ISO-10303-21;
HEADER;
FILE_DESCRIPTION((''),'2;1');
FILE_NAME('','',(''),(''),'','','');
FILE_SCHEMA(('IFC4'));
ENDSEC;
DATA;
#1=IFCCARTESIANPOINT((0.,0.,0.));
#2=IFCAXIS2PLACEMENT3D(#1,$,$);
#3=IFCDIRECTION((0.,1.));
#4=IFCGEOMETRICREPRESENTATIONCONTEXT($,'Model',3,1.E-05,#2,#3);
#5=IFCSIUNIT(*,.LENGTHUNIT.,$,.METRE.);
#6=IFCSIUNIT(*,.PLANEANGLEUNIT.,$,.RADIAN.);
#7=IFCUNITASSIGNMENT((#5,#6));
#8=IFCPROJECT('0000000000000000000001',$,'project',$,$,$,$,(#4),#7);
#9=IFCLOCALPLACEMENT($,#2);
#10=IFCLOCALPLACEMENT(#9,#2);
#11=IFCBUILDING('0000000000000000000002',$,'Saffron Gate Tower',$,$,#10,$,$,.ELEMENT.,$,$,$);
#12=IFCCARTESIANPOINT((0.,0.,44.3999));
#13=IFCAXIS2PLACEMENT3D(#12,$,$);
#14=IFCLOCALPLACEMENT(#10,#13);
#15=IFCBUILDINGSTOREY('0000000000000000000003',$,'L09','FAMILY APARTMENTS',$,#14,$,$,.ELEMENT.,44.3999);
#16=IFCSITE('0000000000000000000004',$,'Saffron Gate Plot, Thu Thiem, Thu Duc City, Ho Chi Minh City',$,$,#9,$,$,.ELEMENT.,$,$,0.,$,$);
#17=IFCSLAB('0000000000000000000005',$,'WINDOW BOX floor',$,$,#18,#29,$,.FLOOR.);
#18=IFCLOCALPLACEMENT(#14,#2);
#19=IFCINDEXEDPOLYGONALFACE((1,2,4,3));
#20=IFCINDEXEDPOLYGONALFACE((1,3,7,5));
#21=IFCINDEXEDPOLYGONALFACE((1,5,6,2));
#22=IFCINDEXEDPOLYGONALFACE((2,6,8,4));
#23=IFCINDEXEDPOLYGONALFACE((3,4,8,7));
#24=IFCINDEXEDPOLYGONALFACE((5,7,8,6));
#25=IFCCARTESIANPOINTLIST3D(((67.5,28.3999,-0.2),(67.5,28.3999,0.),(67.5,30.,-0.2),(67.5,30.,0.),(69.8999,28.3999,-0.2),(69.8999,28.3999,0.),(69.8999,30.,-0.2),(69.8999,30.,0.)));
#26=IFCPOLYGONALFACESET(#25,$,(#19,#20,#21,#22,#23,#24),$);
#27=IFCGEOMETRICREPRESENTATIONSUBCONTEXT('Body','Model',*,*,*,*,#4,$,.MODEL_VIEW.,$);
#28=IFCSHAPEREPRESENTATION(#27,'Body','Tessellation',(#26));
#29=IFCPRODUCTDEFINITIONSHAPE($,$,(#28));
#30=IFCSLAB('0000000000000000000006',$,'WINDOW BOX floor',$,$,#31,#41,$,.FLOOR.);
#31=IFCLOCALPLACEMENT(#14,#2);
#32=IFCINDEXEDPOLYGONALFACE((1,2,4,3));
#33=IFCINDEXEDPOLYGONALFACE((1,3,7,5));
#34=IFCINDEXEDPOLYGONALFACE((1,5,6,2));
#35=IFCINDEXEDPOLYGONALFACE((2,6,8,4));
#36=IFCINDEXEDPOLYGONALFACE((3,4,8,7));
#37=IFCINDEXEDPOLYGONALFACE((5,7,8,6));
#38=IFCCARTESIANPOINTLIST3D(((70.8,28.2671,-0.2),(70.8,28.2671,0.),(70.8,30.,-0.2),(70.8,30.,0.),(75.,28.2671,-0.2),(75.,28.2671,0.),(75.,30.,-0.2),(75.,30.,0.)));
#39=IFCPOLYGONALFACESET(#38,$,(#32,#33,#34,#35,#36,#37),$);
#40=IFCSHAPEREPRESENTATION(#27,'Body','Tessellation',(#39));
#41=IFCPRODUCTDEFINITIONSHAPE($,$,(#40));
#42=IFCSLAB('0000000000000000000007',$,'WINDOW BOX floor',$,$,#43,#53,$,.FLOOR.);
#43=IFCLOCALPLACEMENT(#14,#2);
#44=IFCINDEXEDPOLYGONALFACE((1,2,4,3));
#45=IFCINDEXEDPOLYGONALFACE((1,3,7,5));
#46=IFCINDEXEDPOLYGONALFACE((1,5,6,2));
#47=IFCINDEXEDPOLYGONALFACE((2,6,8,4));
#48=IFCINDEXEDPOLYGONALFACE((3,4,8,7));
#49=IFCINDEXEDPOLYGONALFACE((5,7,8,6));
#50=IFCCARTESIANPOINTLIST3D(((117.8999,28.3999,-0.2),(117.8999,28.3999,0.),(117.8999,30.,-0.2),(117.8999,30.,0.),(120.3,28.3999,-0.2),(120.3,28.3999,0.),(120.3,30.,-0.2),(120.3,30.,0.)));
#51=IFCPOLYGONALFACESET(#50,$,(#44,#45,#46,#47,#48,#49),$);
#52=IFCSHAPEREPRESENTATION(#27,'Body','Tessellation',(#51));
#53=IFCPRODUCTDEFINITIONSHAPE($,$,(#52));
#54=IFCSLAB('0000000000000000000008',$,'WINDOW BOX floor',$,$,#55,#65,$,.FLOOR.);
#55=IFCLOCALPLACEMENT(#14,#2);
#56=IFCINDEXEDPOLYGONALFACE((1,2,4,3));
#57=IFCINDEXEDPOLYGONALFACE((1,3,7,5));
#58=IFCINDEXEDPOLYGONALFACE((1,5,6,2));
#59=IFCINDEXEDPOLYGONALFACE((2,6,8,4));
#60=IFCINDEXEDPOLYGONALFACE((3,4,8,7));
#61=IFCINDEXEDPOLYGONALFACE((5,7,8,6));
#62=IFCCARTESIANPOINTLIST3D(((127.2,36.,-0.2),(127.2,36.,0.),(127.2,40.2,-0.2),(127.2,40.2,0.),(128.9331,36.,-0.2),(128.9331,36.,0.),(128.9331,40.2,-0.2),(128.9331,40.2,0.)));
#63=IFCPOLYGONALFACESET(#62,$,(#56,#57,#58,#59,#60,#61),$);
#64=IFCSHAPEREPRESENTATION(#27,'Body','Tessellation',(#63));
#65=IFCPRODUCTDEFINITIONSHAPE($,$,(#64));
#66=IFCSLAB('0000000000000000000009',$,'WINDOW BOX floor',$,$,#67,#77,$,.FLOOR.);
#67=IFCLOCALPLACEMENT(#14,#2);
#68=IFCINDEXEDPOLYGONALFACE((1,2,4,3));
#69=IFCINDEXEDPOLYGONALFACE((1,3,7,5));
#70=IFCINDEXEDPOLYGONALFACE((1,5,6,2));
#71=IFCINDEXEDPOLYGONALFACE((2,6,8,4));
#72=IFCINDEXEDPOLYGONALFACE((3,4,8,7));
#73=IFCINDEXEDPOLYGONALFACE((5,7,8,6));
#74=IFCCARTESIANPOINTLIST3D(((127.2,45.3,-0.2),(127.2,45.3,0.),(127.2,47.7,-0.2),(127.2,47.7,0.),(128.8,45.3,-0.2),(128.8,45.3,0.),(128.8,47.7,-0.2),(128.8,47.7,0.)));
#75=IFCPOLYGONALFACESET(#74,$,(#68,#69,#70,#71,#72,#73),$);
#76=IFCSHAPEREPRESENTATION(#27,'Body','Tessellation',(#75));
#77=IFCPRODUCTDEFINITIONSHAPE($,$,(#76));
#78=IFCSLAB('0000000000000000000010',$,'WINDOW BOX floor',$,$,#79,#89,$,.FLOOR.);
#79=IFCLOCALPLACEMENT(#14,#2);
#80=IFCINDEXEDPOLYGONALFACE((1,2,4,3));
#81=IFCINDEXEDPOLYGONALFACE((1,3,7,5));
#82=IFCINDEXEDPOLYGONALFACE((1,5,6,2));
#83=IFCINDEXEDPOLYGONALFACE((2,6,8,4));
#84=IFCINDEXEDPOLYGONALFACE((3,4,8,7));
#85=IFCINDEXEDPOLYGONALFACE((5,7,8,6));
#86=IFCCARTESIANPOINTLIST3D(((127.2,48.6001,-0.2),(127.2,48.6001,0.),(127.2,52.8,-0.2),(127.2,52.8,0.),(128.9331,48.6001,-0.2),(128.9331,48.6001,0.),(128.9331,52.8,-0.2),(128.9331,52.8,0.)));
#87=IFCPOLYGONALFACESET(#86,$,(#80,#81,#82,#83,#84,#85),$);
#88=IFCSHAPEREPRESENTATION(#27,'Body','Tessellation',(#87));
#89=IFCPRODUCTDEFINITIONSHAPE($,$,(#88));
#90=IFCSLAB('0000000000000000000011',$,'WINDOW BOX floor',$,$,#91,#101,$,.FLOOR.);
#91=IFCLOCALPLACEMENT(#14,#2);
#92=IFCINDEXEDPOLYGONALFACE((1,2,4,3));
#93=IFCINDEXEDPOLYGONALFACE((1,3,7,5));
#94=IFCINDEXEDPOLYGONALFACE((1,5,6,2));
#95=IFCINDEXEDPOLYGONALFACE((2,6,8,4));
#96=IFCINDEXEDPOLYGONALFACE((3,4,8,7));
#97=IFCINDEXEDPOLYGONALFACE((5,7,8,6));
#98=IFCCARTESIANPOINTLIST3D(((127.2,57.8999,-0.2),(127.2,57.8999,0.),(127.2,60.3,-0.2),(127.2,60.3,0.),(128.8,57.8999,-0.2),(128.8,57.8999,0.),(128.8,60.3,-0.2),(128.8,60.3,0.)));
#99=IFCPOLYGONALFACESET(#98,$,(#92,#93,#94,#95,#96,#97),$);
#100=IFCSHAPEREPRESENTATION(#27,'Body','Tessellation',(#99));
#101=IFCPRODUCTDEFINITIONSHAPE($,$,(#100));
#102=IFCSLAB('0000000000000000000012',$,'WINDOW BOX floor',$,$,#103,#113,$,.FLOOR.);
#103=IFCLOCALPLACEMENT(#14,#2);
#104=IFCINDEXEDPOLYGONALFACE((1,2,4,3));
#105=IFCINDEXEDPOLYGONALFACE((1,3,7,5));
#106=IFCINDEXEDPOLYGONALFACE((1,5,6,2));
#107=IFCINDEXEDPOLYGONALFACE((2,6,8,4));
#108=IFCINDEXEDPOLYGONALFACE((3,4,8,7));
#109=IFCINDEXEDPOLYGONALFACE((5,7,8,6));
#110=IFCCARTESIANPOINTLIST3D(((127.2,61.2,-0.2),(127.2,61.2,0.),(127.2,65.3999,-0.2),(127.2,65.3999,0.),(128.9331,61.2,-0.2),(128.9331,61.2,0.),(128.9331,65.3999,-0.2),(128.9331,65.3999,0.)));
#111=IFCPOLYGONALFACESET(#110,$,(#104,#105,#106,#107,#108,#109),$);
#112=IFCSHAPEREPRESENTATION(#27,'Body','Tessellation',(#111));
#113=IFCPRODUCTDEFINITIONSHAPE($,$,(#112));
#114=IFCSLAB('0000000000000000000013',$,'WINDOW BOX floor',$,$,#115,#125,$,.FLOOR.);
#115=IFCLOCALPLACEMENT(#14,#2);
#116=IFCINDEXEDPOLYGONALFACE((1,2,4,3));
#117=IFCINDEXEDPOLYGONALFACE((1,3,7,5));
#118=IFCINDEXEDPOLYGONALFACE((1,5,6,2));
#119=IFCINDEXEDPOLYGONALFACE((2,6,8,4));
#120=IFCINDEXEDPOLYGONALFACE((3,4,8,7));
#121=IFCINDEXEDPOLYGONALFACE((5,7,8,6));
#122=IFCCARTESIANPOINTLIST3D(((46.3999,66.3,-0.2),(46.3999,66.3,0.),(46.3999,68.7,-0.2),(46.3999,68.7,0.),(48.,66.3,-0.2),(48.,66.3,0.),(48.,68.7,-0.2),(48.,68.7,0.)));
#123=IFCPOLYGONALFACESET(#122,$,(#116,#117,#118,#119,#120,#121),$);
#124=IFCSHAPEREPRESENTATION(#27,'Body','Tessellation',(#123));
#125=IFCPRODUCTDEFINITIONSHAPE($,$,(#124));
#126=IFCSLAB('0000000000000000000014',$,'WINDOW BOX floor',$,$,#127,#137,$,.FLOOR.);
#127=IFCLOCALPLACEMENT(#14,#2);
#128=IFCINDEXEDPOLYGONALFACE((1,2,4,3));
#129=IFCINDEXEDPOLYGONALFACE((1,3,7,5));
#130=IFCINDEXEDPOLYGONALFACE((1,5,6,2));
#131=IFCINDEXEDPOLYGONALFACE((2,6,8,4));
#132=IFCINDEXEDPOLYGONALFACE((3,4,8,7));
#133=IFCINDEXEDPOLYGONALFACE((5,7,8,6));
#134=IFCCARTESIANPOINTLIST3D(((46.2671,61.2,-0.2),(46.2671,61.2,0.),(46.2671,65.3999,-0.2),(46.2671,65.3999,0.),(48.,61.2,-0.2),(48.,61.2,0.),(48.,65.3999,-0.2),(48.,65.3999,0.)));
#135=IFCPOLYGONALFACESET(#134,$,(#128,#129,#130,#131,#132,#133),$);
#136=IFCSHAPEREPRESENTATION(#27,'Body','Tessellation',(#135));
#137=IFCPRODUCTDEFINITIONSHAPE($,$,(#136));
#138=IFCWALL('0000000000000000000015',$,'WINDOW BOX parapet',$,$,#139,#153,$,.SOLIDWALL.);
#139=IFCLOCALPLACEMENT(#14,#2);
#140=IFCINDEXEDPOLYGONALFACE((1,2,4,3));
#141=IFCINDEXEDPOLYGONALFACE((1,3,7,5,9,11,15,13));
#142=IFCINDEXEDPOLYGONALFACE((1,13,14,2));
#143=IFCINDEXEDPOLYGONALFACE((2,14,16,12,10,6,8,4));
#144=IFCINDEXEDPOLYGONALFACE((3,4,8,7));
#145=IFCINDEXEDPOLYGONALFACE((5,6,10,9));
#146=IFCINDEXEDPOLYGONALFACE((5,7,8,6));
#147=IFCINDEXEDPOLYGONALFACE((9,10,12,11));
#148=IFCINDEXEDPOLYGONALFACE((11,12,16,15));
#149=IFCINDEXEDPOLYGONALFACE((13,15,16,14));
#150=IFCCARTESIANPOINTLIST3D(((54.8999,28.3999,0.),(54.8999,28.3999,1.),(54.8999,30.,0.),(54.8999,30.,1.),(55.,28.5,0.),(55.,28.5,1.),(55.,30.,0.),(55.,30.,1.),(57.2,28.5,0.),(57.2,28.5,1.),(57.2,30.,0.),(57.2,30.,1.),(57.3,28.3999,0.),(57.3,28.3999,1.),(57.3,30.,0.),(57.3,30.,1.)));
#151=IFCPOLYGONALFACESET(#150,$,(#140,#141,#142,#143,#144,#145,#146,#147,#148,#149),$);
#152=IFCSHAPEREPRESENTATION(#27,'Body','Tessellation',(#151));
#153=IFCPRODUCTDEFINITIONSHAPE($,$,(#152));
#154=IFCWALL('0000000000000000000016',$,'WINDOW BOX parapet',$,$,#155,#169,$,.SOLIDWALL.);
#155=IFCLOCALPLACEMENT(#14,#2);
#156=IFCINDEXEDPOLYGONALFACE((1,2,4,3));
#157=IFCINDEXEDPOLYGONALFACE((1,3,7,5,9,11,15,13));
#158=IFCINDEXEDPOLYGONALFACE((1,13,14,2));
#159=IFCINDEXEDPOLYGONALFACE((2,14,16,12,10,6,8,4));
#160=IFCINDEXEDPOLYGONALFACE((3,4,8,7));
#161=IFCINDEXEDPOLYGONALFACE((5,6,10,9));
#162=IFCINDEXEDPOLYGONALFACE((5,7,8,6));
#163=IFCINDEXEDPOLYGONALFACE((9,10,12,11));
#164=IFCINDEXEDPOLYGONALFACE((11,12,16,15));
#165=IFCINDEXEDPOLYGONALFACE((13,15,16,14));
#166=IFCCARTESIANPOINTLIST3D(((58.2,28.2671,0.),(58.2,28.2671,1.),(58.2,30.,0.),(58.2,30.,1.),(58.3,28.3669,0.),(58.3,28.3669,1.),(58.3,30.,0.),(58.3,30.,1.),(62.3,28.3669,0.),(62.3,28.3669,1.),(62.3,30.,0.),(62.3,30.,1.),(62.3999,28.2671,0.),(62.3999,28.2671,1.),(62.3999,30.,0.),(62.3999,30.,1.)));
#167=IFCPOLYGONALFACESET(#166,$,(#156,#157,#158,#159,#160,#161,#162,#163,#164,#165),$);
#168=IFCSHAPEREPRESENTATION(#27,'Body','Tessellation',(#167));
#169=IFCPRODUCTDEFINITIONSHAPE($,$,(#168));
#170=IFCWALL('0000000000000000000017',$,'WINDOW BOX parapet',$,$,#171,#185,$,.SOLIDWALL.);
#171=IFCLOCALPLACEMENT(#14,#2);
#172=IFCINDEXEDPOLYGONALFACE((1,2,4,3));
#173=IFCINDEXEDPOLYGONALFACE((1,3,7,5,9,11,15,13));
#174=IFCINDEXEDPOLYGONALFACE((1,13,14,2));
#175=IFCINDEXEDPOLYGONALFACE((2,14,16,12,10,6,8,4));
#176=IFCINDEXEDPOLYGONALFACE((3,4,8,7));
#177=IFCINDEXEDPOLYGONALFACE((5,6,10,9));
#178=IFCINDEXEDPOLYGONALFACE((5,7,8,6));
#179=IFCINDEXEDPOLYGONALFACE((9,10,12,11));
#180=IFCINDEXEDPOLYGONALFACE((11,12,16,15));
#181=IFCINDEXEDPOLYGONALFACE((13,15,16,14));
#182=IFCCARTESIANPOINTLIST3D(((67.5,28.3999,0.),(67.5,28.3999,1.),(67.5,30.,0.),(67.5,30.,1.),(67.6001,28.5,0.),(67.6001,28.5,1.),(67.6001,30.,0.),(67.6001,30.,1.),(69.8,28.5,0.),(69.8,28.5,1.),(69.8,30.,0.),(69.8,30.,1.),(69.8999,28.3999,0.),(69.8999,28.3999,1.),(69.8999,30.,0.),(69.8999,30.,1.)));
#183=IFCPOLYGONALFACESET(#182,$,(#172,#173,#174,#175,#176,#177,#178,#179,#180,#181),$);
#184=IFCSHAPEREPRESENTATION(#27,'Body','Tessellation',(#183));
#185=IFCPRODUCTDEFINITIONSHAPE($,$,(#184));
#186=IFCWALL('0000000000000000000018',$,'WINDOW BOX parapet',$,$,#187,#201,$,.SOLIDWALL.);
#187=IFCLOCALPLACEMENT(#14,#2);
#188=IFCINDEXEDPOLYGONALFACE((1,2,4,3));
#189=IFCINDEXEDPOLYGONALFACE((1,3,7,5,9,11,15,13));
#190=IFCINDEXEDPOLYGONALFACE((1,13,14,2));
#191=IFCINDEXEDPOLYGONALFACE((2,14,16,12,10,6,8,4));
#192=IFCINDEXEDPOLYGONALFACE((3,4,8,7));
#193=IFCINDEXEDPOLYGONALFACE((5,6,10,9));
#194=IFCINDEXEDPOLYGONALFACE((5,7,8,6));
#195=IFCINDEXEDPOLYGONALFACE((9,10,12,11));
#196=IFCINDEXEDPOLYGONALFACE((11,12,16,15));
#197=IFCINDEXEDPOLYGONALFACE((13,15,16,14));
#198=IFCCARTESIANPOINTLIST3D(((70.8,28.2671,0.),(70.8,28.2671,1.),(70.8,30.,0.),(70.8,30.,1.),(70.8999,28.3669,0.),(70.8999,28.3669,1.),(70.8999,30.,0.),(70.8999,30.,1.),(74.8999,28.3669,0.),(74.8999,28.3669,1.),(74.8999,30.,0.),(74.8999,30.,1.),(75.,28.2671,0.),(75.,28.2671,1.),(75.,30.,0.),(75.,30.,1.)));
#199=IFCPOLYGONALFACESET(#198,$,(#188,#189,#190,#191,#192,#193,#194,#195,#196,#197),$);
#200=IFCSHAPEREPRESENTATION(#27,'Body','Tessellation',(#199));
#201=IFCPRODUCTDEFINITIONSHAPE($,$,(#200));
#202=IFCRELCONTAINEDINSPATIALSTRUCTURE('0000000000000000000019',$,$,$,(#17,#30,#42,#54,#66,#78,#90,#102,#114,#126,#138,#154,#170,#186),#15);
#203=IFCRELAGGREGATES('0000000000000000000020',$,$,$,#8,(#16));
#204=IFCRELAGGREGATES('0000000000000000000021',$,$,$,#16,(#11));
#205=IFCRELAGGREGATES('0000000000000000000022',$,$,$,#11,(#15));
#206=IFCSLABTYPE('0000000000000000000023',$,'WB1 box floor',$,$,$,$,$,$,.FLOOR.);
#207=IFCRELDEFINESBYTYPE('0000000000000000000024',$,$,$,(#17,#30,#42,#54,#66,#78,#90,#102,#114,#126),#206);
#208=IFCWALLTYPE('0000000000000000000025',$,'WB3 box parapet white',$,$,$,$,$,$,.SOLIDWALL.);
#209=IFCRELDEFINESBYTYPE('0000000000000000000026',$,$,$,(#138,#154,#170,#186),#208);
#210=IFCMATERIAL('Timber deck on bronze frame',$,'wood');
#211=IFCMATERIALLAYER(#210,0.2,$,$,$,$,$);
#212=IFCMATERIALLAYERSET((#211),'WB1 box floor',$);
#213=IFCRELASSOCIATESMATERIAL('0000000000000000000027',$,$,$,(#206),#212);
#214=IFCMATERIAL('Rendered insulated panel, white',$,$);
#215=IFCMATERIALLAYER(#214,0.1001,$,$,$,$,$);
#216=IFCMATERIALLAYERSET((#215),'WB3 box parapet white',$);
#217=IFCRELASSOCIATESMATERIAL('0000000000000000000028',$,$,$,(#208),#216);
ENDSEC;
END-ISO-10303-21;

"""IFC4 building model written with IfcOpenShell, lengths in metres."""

from ifc_helpers import new_model, si_unit, direction, frame, origin, place, context, subcontext, project, spatial, polyline, outline, extrude, material, layer, layer_set, type_object, element, save


model = new_model("IFC4")

# Units and contexts
model_context = context("Model", 3, precision=1e-05, world=origin(), true_north=direction((0.0, 1.0)))
body_context = subcontext(model_context, "Body", "Model", "MODEL_VIEW")
ifc_project = project(units=[si_unit("LENGTHUNIT", "METRE"), si_unit("PLANEANGLEUNIT", "RADIAN")], contexts=[model_context])

# Site, building, storey
site_placement = place(None, origin())
site = spatial("IfcSite", under=ifc_project, at=site_placement, Name="Saffron Gate Plot, Thu Thiem, Thu Duc City, Ho Chi Minh City", CompositionType="ELEMENT", RefElevation=0.0)
building_placement = place(site_placement, origin())
building = spatial("IfcBuilding", under=site, at=building_placement, Name="Saffron Gate Tower", CompositionType="ELEMENT")
storey_placement = place(building_placement, frame((0.0, 0.0, 44.3999)))
storey = spatial("IfcBuildingStorey", under=building, at=storey_placement, Name="L09", Description="FAMILY APARTMENTS", CompositionType="ELEMENT", Elevation=44.3999)

# Slabs
ifc_material_1 = material(Name="Timber deck on bronze frame", Category="wood")
ifc_layer_1 = layer(ifc_material_1, 0.2)
ifc_layer_set_1 = layer_set([ifc_layer_1], Name="WB1 box floor")
slab_type_1 = type_object("IfcSlabType", Name="WB1 box floor", PredefinedType="FLOOR", material=ifc_layer_set_1)
slab_1_placement = place(storey_placement, frame((0.0, 0.0, -0.2)))
element("IfcSlab", 1, at=slab_1_placement, inside=storey, type_object=slab_type_1, Name="WINDOW BOX floor", PredefinedType="FLOOR", context=body_context, shape_type="SweptSolid", body=[
    extrude(outline(polyline([(67.5, 30.0), (69.8999, 30.0), (69.8999, 28.3999), (67.5, 28.3999), (67.5, 30.0)])), origin(), (0.0, 0.0, 1.0), 0.2),
])
slab_2_placement = place(storey_placement, frame((0.0, 0.0, -0.2)))
element("IfcSlab", 2, at=slab_2_placement, inside=storey, type_object=slab_type_1, Name="WINDOW BOX floor", PredefinedType="FLOOR", context=body_context, shape_type="SweptSolid", body=[
    extrude(outline(polyline([(70.8, 30.0), (75.0, 30.0), (75.0, 28.2671), (70.8, 28.2671), (70.8, 30.0)])), origin(), (0.0, 0.0, 1.0), 0.2),
])
slab_3_placement = place(storey_placement, frame((0.0, 0.0, -0.2)))
element("IfcSlab", 3, at=slab_3_placement, inside=storey, type_object=slab_type_1, Name="WINDOW BOX floor", PredefinedType="FLOOR", context=body_context, shape_type="SweptSolid", body=[
    extrude(outline(polyline([(117.8999, 30.0), (120.3, 30.0), (120.3, 28.3999), (117.8999, 28.3999), (117.8999, 30.0)])), origin(), (0.0, 0.0, 1.0), 0.2),
])
slab_4_placement = place(storey_placement, frame((0.0, 0.0, -0.2)))
element("IfcSlab", 4, at=slab_4_placement, inside=storey, type_object=slab_type_1, Name="WINDOW BOX floor", PredefinedType="FLOOR", context=body_context, shape_type="SweptSolid", body=[
    extrude(outline(polyline([(127.2, 36.0), (127.2, 40.2), (128.9331, 40.2), (128.9331, 36.0), (127.2, 36.0)])), origin(), (0.0, 0.0, 1.0), 0.2),
])
slab_5_placement = place(storey_placement, frame((0.0, 0.0, -0.2)))
element("IfcSlab", 5, at=slab_5_placement, inside=storey, type_object=slab_type_1, Name="WINDOW BOX floor", PredefinedType="FLOOR", context=body_context, shape_type="SweptSolid", body=[
    extrude(outline(polyline([(127.2, 45.3), (127.2, 47.7), (128.8, 47.7), (128.8, 45.3), (127.2, 45.3)])), origin(), (0.0, 0.0, 1.0), 0.2),
])
slab_6_placement = place(storey_placement, frame((0.0, 0.0, -0.2)))
element("IfcSlab", 6, at=slab_6_placement, inside=storey, type_object=slab_type_1, Name="WINDOW BOX floor", PredefinedType="FLOOR", context=body_context, shape_type="SweptSolid", body=[
    extrude(outline(polyline([(127.2, 48.6001), (127.2, 52.8), (128.9331, 52.8), (128.9331, 48.6001), (127.2, 48.6001)])), origin(), (0.0, 0.0, 1.0), 0.2),
])
slab_7_placement = place(storey_placement, frame((0.0, 0.0, -0.2)))
element("IfcSlab", 7, at=slab_7_placement, inside=storey, type_object=slab_type_1, Name="WINDOW BOX floor", PredefinedType="FLOOR", context=body_context, shape_type="SweptSolid", body=[
    extrude(outline(polyline([(127.2, 57.8999), (127.2, 60.3), (128.8, 60.3), (128.8, 57.8999), (127.2, 57.8999)])), origin(), (0.0, 0.0, 1.0), 0.2),
])
slab_8_placement = place(storey_placement, frame((0.0, 0.0, -0.2)))
element("IfcSlab", 8, at=slab_8_placement, inside=storey, type_object=slab_type_1, Name="WINDOW BOX floor", PredefinedType="FLOOR", context=body_context, shape_type="SweptSolid", body=[
    extrude(outline(polyline([(127.2, 61.2), (127.2, 65.3999), (128.9331, 65.3999), (128.9331, 61.2), (127.2, 61.2)])), origin(), (0.0, 0.0, 1.0), 0.2),
])
slab_9_placement = place(storey_placement, frame((0.0, 0.0, -0.2)))
element("IfcSlab", 9, at=slab_9_placement, inside=storey, type_object=slab_type_1, Name="WINDOW BOX floor", PredefinedType="FLOOR", context=body_context, shape_type="SweptSolid", body=[
    extrude(outline(polyline([(48.0, 68.7), (48.0, 66.3), (46.3999, 66.3), (46.3999, 68.7), (48.0, 68.7)])), origin(), (0.0, 0.0, 1.0), 0.2),
])
slab_10_placement = place(storey_placement, frame((0.0, 0.0, -0.2)))
element("IfcSlab", 10, at=slab_10_placement, inside=storey, type_object=slab_type_1, Name="WINDOW BOX floor", PredefinedType="FLOOR", context=body_context, shape_type="SweptSolid", body=[
    extrude(outline(polyline([(48.0, 65.3999), (48.0, 61.2), (46.2671, 61.2), (46.2671, 65.3999), (48.0, 65.3999)])), origin(), (0.0, 0.0, 1.0), 0.2),
])

# Walls
ifc_material_2 = material(Name="Rendered insulated panel, white")
ifc_layer_2 = layer(ifc_material_2, 0.1001)
ifc_layer_set_2 = layer_set([ifc_layer_2], Name="WB3 box parapet white")
wall_type = type_object("IfcWallType", Name="WB3 box parapet white", PredefinedType="SOLIDWALL", material=ifc_layer_set_2)
wall_1_placement = place(storey_placement, origin())
element("IfcWall", 11, at=wall_1_placement, inside=storey, type_object=wall_type, Name="WINDOW BOX parapet", PredefinedType="SOLIDWALL", context=body_context, shape_type="SweptSolid", body=[
    extrude(outline(polyline([(54.8999, 30.0), (55.0, 30.0), (55.0, 28.5), (57.2, 28.5), (57.2, 30.0), (57.3, 30.0), (57.3, 28.3999), (54.8999, 28.3999), (54.8999, 30.0)])), origin(), (0.0, 0.0, 1.0), 1.0),
])
wall_2_placement = place(storey_placement, origin())
element("IfcWall", 12, at=wall_2_placement, inside=storey, type_object=wall_type, Name="WINDOW BOX parapet", PredefinedType="SOLIDWALL", context=body_context, shape_type="SweptSolid", body=[
    extrude(outline(polyline([(58.2, 30.0), (58.3, 30.0), (58.3, 28.3669), (62.3, 28.3669), (62.3, 30.0), (62.3999, 30.0), (62.3999, 28.2671), (58.2, 28.2671), (58.2, 30.0)])), origin(), (0.0, 0.0, 1.0), 1.0),
])
wall_3_placement = place(storey_placement, origin())
element("IfcWall", 13, at=wall_3_placement, inside=storey, type_object=wall_type, Name="WINDOW BOX parapet", PredefinedType="SOLIDWALL", context=body_context, shape_type="SweptSolid", body=[
    extrude(outline(polyline([(67.5, 30.0), (67.6001, 30.0), (67.6001, 28.5), (69.8, 28.5), (69.8, 30.0), (69.8999, 30.0), (69.8999, 28.3999), (67.5, 28.3999), (67.5, 30.0)])), origin(), (0.0, 0.0, 1.0), 1.0),
])
wall_4_placement = place(storey_placement, origin())
element("IfcWall", 14, at=wall_4_placement, inside=storey, type_object=wall_type, Name="WINDOW BOX parapet", PredefinedType="SOLIDWALL", context=body_context, shape_type="SweptSolid", body=[
    extrude(outline(polyline([(70.8, 30.0), (70.8999, 30.0), (70.8999, 28.3669), (74.8999, 28.3669), (74.8999, 30.0), (75.0, 30.0), (75.0, 28.2671), (70.8, 28.2671), (70.8, 30.0)])), origin(), (0.0, 0.0, 1.0), 1.0),
])

save(model, "model.ifc")
